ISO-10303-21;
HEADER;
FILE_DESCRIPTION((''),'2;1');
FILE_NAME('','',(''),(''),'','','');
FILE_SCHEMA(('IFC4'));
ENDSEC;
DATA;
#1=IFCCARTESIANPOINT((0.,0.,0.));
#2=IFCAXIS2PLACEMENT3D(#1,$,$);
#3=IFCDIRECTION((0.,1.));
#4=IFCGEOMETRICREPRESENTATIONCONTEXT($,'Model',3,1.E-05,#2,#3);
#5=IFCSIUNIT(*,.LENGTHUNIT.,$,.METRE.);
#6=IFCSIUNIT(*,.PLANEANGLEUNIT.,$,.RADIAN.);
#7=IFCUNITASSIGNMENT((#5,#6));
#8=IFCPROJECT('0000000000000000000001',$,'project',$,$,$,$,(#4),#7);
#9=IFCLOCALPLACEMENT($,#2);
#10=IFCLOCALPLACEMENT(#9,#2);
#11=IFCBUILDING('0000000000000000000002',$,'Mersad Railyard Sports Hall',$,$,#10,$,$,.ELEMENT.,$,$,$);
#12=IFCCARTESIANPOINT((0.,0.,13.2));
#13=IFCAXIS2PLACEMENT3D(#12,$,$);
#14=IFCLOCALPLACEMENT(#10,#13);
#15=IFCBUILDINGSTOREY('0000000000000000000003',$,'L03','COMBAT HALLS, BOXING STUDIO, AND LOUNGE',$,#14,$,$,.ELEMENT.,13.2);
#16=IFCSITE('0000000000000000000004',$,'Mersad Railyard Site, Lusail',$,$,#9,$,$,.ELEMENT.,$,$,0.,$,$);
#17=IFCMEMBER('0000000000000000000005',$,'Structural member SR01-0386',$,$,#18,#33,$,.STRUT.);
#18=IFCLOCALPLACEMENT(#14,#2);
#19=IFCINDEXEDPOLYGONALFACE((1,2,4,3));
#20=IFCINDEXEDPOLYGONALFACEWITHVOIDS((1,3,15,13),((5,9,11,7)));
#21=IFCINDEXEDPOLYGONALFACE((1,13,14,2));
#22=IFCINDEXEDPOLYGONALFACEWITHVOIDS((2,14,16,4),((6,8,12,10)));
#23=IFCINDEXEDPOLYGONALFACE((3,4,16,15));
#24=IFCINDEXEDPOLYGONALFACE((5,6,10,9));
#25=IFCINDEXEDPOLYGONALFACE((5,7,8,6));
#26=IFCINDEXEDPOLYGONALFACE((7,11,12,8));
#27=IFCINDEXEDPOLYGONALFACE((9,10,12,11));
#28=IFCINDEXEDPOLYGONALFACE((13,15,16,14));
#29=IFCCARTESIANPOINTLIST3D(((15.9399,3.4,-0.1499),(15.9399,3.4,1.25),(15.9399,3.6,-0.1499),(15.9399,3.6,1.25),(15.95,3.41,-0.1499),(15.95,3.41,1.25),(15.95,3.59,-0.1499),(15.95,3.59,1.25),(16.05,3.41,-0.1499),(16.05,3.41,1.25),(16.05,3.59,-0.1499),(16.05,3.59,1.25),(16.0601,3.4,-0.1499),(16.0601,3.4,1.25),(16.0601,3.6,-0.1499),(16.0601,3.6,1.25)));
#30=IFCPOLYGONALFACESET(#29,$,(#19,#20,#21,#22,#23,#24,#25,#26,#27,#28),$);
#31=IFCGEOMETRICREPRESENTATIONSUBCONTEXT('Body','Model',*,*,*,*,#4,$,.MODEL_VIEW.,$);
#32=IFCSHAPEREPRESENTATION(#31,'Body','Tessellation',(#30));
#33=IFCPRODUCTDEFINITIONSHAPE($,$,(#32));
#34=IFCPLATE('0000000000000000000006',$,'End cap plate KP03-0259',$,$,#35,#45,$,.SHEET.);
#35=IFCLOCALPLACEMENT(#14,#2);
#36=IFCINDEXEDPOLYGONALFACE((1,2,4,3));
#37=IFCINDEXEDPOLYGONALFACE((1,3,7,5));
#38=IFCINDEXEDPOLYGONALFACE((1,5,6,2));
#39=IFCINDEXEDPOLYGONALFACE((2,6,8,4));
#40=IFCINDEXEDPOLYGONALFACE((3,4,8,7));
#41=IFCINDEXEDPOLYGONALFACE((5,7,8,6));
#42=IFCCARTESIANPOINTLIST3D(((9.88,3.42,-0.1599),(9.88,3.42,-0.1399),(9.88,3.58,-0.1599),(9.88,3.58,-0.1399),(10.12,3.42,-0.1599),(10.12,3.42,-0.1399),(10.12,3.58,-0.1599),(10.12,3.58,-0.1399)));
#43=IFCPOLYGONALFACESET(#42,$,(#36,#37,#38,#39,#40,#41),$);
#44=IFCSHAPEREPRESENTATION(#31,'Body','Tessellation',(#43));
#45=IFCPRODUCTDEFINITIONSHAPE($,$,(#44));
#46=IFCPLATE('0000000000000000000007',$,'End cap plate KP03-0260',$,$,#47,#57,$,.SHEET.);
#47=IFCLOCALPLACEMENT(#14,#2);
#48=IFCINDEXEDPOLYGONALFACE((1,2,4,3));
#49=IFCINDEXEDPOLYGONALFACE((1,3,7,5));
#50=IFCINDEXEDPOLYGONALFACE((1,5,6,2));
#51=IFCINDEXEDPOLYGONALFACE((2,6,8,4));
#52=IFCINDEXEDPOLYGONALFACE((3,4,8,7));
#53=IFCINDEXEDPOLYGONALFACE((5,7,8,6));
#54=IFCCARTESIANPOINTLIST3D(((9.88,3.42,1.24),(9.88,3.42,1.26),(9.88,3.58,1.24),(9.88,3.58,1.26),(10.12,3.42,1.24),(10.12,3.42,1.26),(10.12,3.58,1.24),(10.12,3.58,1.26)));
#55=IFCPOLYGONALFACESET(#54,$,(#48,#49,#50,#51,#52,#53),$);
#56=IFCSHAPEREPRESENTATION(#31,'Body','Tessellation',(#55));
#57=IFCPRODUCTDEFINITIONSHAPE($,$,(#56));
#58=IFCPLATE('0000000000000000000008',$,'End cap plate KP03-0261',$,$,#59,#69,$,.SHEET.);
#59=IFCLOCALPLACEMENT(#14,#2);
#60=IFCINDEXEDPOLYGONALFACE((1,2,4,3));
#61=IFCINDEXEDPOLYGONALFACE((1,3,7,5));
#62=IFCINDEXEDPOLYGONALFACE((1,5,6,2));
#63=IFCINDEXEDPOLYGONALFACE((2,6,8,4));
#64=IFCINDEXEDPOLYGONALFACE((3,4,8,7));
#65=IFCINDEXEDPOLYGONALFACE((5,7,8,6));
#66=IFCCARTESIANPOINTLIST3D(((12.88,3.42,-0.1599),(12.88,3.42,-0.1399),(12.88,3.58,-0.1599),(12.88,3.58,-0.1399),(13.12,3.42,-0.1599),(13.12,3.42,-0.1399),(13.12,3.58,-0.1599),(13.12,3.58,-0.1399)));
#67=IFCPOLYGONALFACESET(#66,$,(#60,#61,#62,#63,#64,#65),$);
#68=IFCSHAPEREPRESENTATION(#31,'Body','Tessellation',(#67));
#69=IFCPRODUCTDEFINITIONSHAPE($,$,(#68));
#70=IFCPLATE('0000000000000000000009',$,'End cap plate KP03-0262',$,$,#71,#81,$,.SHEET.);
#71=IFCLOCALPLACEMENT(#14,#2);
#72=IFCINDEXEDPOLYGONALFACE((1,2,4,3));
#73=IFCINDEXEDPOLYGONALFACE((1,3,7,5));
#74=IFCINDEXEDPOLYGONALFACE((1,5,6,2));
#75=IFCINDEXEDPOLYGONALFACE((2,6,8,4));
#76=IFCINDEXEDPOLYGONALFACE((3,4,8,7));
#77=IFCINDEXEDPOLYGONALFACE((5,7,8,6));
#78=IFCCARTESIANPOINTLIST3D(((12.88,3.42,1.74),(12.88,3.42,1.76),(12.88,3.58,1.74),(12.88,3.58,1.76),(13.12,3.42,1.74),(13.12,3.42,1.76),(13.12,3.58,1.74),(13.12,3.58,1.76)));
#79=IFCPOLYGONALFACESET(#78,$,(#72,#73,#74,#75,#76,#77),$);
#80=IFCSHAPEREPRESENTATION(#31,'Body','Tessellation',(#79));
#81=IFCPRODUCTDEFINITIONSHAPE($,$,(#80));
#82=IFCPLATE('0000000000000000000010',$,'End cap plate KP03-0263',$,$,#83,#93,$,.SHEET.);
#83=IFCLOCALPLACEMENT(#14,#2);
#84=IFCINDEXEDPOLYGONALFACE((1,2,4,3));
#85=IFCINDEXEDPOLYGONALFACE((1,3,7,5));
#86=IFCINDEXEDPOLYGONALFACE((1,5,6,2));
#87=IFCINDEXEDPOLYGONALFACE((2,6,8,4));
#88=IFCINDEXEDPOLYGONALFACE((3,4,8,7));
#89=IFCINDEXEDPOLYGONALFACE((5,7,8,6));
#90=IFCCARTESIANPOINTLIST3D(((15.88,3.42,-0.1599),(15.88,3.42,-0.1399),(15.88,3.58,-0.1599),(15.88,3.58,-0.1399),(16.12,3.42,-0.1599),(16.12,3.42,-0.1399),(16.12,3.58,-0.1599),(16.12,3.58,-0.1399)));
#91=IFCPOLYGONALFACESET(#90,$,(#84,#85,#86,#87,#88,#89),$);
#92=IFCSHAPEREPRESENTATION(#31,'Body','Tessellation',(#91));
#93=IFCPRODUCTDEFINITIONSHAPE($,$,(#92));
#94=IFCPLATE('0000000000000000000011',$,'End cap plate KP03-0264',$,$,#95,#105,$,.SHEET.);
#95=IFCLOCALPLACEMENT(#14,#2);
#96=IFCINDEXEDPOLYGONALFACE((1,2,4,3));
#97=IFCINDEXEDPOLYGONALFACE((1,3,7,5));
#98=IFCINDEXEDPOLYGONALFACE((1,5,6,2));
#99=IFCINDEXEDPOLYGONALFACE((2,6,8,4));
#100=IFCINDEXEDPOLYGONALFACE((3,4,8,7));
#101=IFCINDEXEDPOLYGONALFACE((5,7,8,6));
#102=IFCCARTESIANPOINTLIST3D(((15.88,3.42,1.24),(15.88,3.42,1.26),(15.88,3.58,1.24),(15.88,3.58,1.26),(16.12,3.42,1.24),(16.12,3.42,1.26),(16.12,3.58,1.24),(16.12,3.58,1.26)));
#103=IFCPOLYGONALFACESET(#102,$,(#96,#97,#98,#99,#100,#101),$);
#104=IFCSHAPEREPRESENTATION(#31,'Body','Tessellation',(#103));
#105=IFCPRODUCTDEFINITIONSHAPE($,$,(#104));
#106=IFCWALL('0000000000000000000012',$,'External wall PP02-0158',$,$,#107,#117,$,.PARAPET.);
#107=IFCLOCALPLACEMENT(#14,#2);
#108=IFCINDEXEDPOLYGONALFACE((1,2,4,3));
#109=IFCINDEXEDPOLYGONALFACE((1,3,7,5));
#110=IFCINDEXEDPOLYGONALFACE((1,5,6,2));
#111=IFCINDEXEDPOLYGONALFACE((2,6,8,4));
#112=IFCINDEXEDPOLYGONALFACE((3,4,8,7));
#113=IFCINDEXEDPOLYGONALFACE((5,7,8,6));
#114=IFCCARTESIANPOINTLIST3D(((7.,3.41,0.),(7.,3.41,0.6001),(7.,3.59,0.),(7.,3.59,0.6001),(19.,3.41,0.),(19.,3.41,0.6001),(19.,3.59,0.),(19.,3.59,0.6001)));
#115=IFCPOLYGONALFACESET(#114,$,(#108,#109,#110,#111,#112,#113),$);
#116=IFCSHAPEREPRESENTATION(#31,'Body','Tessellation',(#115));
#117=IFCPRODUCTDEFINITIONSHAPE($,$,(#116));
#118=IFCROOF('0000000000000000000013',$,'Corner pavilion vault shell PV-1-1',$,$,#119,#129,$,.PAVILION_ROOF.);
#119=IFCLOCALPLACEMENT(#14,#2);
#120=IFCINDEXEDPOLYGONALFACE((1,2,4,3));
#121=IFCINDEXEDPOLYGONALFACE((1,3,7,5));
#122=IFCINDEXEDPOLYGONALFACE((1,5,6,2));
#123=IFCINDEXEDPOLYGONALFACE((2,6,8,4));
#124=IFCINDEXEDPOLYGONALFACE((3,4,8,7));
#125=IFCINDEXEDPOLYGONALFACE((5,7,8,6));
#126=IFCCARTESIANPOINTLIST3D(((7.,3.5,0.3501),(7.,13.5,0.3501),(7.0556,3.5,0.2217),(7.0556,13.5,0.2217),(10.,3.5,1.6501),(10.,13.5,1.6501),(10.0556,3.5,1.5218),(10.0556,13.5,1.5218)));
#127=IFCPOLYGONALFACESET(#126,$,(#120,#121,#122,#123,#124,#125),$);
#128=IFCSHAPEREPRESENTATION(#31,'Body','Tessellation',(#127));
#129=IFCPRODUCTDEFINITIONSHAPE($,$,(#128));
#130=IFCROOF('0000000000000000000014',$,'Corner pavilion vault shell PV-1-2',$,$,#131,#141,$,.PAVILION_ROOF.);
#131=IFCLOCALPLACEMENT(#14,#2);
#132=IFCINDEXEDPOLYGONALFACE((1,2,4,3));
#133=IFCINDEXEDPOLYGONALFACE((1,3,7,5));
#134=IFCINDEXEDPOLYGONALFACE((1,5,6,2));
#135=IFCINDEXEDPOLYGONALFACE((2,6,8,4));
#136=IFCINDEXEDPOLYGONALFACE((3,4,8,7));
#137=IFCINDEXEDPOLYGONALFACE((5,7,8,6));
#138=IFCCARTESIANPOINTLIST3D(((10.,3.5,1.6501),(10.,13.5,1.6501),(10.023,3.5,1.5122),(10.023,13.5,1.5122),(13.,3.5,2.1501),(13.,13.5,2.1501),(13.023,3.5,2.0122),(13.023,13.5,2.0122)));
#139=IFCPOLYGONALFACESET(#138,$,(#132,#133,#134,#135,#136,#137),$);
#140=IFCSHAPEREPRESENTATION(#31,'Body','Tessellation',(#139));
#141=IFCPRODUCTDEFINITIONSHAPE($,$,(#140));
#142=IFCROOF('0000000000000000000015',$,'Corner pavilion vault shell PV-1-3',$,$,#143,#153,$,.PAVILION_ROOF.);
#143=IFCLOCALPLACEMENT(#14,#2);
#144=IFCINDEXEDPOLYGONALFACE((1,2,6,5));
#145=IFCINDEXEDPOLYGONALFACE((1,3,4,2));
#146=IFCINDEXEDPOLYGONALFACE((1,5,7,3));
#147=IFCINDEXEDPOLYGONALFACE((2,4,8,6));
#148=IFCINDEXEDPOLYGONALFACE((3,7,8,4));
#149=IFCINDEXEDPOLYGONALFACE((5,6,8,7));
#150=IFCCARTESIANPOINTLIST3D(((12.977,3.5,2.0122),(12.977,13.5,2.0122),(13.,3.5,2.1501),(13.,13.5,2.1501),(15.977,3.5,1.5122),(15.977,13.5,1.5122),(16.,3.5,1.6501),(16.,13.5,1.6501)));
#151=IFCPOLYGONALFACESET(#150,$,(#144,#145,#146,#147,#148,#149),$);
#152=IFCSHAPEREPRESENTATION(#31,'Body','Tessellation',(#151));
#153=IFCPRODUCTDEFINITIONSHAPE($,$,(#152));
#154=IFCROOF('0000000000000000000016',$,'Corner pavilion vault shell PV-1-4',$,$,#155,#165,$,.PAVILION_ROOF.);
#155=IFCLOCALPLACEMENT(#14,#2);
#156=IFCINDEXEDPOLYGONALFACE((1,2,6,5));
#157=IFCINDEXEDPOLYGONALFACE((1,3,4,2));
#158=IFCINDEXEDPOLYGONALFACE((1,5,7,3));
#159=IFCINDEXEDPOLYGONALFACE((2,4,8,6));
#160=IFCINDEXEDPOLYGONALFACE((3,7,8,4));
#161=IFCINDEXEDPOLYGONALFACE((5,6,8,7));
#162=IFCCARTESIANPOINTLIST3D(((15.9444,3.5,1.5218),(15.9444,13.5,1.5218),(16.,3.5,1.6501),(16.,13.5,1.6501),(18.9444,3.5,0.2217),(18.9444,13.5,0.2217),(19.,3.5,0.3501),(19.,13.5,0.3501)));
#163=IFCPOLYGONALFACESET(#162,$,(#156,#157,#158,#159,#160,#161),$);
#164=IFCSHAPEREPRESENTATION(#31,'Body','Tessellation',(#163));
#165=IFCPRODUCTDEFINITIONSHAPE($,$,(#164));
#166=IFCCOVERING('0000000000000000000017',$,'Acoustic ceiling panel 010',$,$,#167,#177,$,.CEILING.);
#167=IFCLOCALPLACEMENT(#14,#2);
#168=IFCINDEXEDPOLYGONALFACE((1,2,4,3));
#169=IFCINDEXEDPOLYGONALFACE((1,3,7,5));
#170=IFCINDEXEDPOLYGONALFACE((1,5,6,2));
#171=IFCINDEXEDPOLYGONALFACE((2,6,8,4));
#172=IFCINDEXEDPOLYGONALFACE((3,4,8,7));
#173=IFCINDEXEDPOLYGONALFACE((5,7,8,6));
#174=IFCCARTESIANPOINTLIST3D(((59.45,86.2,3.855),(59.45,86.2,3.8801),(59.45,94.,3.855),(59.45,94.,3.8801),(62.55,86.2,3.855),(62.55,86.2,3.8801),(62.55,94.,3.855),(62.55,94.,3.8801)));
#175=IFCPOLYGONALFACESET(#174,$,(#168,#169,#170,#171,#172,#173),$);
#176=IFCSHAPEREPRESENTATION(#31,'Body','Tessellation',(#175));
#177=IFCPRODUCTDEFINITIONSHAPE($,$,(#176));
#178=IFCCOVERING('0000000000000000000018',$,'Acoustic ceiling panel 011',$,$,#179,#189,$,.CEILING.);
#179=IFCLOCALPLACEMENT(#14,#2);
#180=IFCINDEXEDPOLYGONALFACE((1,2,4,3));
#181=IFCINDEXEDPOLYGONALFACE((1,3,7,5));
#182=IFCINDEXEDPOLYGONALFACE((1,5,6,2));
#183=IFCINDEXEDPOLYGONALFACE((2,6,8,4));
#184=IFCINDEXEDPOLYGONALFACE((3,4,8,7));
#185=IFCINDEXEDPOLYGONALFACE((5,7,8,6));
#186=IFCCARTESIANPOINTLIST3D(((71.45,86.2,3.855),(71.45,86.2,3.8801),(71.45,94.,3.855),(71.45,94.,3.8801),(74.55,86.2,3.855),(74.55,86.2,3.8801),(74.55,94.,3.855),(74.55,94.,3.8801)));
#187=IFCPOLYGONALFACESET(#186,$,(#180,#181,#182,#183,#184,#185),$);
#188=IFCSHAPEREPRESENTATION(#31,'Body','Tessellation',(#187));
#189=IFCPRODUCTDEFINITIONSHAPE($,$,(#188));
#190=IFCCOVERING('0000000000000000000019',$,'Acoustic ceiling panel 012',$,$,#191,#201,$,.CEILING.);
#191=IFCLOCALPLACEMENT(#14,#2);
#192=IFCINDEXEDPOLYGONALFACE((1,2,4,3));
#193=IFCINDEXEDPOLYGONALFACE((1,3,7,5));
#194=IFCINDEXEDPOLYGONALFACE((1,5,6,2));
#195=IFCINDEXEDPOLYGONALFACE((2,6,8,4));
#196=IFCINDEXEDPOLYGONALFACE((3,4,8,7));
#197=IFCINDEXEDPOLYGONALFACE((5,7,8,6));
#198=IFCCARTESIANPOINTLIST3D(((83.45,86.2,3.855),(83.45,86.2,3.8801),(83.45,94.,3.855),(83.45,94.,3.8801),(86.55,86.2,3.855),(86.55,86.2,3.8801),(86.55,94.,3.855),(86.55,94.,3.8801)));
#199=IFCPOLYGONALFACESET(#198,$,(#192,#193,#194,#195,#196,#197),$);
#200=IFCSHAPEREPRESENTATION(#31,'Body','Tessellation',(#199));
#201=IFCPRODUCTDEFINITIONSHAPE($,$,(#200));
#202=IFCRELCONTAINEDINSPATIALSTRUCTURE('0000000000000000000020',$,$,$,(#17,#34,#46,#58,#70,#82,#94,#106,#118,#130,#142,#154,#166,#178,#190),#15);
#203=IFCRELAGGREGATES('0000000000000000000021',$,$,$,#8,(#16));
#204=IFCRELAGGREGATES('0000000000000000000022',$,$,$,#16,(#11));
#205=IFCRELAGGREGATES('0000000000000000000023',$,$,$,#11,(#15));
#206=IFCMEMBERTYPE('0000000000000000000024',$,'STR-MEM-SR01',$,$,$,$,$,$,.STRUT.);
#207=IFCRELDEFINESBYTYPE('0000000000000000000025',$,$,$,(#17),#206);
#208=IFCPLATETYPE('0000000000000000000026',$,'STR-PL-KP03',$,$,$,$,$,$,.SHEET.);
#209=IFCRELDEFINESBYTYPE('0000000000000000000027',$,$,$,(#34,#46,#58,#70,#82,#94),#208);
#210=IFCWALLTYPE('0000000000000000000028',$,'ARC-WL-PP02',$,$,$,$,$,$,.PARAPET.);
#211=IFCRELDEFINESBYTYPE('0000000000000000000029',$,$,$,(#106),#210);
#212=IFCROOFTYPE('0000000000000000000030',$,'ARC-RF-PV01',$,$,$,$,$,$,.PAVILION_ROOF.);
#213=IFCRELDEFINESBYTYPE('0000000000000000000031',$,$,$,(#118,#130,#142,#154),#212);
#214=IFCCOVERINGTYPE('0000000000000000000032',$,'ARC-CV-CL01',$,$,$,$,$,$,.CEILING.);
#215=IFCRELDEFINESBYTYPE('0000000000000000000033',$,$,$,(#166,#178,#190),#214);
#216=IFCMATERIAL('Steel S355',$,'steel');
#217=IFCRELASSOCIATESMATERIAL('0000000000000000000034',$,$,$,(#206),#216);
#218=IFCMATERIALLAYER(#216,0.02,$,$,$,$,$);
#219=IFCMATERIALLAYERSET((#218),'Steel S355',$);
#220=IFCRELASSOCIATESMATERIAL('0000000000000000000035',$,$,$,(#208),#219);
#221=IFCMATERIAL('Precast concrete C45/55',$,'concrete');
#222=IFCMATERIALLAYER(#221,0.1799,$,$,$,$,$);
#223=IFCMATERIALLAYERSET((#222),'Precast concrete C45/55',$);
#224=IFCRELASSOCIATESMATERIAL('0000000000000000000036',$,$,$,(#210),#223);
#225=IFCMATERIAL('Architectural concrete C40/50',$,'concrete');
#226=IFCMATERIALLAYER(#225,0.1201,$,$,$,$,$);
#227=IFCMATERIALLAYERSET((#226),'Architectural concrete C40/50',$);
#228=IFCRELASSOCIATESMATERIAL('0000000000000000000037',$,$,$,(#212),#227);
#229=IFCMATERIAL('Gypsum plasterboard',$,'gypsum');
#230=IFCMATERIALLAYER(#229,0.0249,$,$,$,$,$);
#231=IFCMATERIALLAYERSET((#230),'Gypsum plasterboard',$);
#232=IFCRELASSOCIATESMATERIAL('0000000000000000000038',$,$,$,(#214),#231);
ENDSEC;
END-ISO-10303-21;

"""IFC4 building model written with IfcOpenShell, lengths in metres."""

from ifc_helpers import new_model, si_unit, direction, frame, frame_2d, origin, origin_2d, place, context, subcontext, project, spatial, polyline, rectangle, hollow_rectangle, outline, extrude, material, layer, layer_set, material_profile, profile_set, type_object, element, save


model = new_model("IFC4")

# Units and contexts
model_context = context("Model", 3, precision=1e-05, world=origin(), true_north=direction((0.0, 1.0)))
body_context = subcontext(model_context, "Body", "Model", "MODEL_VIEW")
ifc_project = project(units=[si_unit("LENGTHUNIT", "METRE"), si_unit("PLANEANGLEUNIT", "RADIAN")], contexts=[model_context])

# Site, building, storey
site_placement = place(None, origin())
site = spatial("IfcSite", under=ifc_project, at=site_placement, Name="Mersad Railyard Site, Lusail", CompositionType="ELEMENT", RefElevation=0.0)
building_placement = place(site_placement, origin())
building = spatial("IfcBuilding", under=site, at=building_placement, Name="Mersad Railyard Sports Hall", CompositionType="ELEMENT")
storey_placement = place(building_placement, frame((0.0, 0.0, 13.2)))
storey = spatial("IfcBuildingStorey", under=building, at=storey_placement, Name="L03", Description="COMBAT HALLS, BOXING STUDIO, AND LOUNGE", CompositionType="ELEMENT", Elevation=13.2)

# Member
ifc_material_1 = material(Name="Steel S355", Category="steel")
ifc_material_profile_1 = material_profile(ifc_material_1, hollow_rectangle(XDim=0.1201, YDim=0.2, WallThickness=0.01, at=origin_2d()), Name="RHS 200x120x10")
ifc_profile_set_1 = profile_set([ifc_material_profile_1], Name="Steel S355")
member_type = type_object("IfcMemberType", Name="STR-MEM-SR01", PredefinedType="STRUT", material=ifc_profile_set_1)
member_1_placement = place(storey_placement, frame((16.0, 3.5, -0.1499), z_axis=(0.0, 0.0, 1.0), x_axis=(1.0, 0.0, 0.0)))
element("IfcMember", 1, at=member_1_placement, inside=storey, type_object=member_type, Name="Structural member SR01-0386", PredefinedType="STRUT", context=body_context, shape_type="SweptSolid", body=[
    extrude(hollow_rectangle(XDim=0.1201, YDim=0.2, WallThickness=0.01, at=origin_2d()), origin(), (0.0, 0.0, 1.0), 1.3999),
])

# Plates
ifc_layer_1 = layer(ifc_material_1, 0.02)
ifc_layer_set_1 = layer_set([ifc_layer_1], Name="Steel S355")
plate_type = type_object("IfcPlateType", Name="STR-PL-KP03", PredefinedType="SHEET", material=ifc_layer_set_1)
for number, where, z_axis, x_axis, name in (
    (2, (10.0, 3.5, -0.1599), (0.0, 0.0, 1.0), (1.0, 0.0, 0.0), "End cap plate KP03-0259"),
    (3, (10.0, 3.5, 1.24), (0.0, 0.0, 1.0), (1.0, 0.0, 0.0), "End cap plate KP03-0260"),
    (4, (13.0, 3.5, -0.1599), (0.0, 0.0, 1.0), (1.0, 0.0, 0.0), "End cap plate KP03-0261"),
    (5, (13.0, 3.5, 1.74), (0.0, 0.0, 1.0), (1.0, 0.0, 0.0), "End cap plate KP03-0262"),
    (6, (16.0, 3.5, -0.1599), (0.0, 0.0, 1.0), (1.0, 0.0, 0.0), "End cap plate KP03-0263"),
    (7, (16.0, 3.5, 1.24), (0.0, 0.0, 1.0), (1.0, 0.0, 0.0), "End cap plate KP03-0264"),
):
    element("IfcPlate", number, at=place(storey_placement, frame(where, z_axis=z_axis, x_axis=x_axis)), inside=storey, type_object=plate_type, Name=name, PredefinedType="SHEET", context=body_context, shape_type="SweptSolid", body=[
        extrude(rectangle(XDim=0.24, YDim=0.1599, at=origin_2d()), origin(), (0.0, 0.0, 1.0), 0.02),
    ])

# Wall
ifc_material_2 = material(Name="Precast concrete C45/55", Category="concrete")
ifc_layer_2 = layer(ifc_material_2, 0.1799)
ifc_layer_set_2 = layer_set([ifc_layer_2], Name="Precast concrete C45/55")
wall_type = type_object("IfcWallType", Name="ARC-WL-PP02", PredefinedType="PARAPET", material=ifc_layer_set_2)
wall_placement = place(storey_placement, frame((7.0, 3.5, 0.0), z_axis=(0.0, 0.0, 1.0), x_axis=(1.0, 0.0, 0.0)))
element("IfcWall", 8, at=wall_placement, inside=storey, type_object=wall_type, Name="External wall PP02-0158", PredefinedType="PARAPET", context=body_context, shape_type="SweptSolid", body=[
    extrude(rectangle(XDim=12.0, YDim=0.1799, at=frame_2d((6.0, 0.0))), origin(), (0.0, 0.0, 1.0), 0.6001),
])

# Roofs
ifc_material_3 = material(Name="Architectural concrete C40/50", Category="concrete")
ifc_layer_3 = layer(ifc_material_3, 0.1201)
ifc_layer_set_3 = layer_set([ifc_layer_3], Name="Architectural concrete C40/50")
roof_type = type_object("IfcRoofType", Name="ARC-RF-PV01", PredefinedType="PAVILION_ROOF", material=ifc_layer_set_3)
roof_1_placement = place(storey_placement, frame((7.0, 3.5, 0.3501), z_axis=(-0.39762, 0.0, 0.91755), x_axis=(0.91755, 0.0, 0.39762)))
element("IfcRoof", 9, at=roof_1_placement, inside=storey, type_object=roof_type, Name="Corner pavilion vault shell PV-1-1", PredefinedType="PAVILION_ROOF", context=body_context, shape_type="SweptSolid", body=[
    extrude(outline(polyline([(0.0, 0.0), (3.2696, 0.0), (3.2696, 10.0), (0.0, 10.0), (0.0, 0.0)])), origin(), (0.0, 0.0, -1.0), 0.1399),
])
for number, where, z_axis, x_axis, name in (
    (10, (10.0, 3.5, 1.6501), (-0.164399, 0.0, 0.986394), (0.986394, 0.0, 0.164399), "Corner pavilion vault shell PV-1-2"),
    (11, (13.0, 3.5, 2.1501), (0.164399, 0.0, 0.986394), (0.986394, 0.0, -0.164399), "Corner pavilion vault shell PV-1-3"),
):
    element("IfcRoof", number, at=place(storey_placement, frame(where, z_axis=z_axis, x_axis=x_axis)), inside=storey, type_object=roof_type, Name=name, PredefinedType="PAVILION_ROOF", context=body_context, shape_type="SweptSolid", body=[
        extrude(outline(polyline([(0.0, 0.0), (3.0414, 0.0), (3.0414, 10.0), (0.0, 10.0), (0.0, 0.0)])), origin(), (0.0, 0.0, -1.0), 0.1399),
    ])
roof_2_placement = place(storey_placement, frame((16.0, 3.5, 1.6501), z_axis=(0.39762, 0.0, 0.91755), x_axis=(0.91755, 0.0, -0.39762)))
element("IfcRoof", 12, at=roof_2_placement, inside=storey, type_object=roof_type, Name="Corner pavilion vault shell PV-1-4", PredefinedType="PAVILION_ROOF", context=body_context, shape_type="SweptSolid", body=[
    extrude(outline(polyline([(0.0, 0.0), (3.2696, 0.0), (3.2696, 10.0), (0.0, 10.0), (0.0, 0.0)])), origin(), (0.0, 0.0, -1.0), 0.1399),
])

# Coverings
ifc_material_4 = material(Name="Gypsum plasterboard", Category="gypsum")
ifc_layer_4 = layer(ifc_material_4, 0.0249)
ifc_layer_set_4 = layer_set([ifc_layer_4], Name="Gypsum plasterboard")
covering_type = type_object("IfcCoveringType", Name="ARC-CV-CL01", PredefinedType="CEILING", material=ifc_layer_set_4)
covering_1_placement = place(storey_placement, frame((0.0, 0.0, 3.855)))
element("IfcCovering", 13, at=covering_1_placement, inside=storey, type_object=covering_type, Name="Acoustic ceiling panel 010", PredefinedType="CEILING", context=body_context, shape_type="SweptSolid", body=[
    extrude(outline(polyline([(59.45, 86.2), (62.55, 86.2), (62.55, 94.0), (59.45, 94.0), (59.45, 86.2)])), origin(), (0.0, 0.0, 1.0), 0.0251),
])
covering_2_placement = place(storey_placement, frame((0.0, 0.0, 3.855)))
element("IfcCovering", 14, at=covering_2_placement, inside=storey, type_object=covering_type, Name="Acoustic ceiling panel 011", PredefinedType="CEILING", context=body_context, shape_type="SweptSolid", body=[
    extrude(outline(polyline([(71.45, 86.2), (74.55, 86.2), (74.55, 94.0), (71.45, 94.0), (71.45, 86.2)])), origin(), (0.0, 0.0, 1.0), 0.0251),
])
covering_3_placement = place(storey_placement, frame((0.0, 0.0, 3.855)))
element("IfcCovering", 15, at=covering_3_placement, inside=storey, type_object=covering_type, Name="Acoustic ceiling panel 012", PredefinedType="CEILING", context=body_context, shape_type="SweptSolid", body=[
    extrude(outline(polyline([(83.45, 86.2), (86.55, 86.2), (86.55, 94.0), (83.45, 94.0), (83.45, 86.2)])), origin(), (0.0, 0.0, 1.0), 0.0251),
])

save(model, "model.ifc")
